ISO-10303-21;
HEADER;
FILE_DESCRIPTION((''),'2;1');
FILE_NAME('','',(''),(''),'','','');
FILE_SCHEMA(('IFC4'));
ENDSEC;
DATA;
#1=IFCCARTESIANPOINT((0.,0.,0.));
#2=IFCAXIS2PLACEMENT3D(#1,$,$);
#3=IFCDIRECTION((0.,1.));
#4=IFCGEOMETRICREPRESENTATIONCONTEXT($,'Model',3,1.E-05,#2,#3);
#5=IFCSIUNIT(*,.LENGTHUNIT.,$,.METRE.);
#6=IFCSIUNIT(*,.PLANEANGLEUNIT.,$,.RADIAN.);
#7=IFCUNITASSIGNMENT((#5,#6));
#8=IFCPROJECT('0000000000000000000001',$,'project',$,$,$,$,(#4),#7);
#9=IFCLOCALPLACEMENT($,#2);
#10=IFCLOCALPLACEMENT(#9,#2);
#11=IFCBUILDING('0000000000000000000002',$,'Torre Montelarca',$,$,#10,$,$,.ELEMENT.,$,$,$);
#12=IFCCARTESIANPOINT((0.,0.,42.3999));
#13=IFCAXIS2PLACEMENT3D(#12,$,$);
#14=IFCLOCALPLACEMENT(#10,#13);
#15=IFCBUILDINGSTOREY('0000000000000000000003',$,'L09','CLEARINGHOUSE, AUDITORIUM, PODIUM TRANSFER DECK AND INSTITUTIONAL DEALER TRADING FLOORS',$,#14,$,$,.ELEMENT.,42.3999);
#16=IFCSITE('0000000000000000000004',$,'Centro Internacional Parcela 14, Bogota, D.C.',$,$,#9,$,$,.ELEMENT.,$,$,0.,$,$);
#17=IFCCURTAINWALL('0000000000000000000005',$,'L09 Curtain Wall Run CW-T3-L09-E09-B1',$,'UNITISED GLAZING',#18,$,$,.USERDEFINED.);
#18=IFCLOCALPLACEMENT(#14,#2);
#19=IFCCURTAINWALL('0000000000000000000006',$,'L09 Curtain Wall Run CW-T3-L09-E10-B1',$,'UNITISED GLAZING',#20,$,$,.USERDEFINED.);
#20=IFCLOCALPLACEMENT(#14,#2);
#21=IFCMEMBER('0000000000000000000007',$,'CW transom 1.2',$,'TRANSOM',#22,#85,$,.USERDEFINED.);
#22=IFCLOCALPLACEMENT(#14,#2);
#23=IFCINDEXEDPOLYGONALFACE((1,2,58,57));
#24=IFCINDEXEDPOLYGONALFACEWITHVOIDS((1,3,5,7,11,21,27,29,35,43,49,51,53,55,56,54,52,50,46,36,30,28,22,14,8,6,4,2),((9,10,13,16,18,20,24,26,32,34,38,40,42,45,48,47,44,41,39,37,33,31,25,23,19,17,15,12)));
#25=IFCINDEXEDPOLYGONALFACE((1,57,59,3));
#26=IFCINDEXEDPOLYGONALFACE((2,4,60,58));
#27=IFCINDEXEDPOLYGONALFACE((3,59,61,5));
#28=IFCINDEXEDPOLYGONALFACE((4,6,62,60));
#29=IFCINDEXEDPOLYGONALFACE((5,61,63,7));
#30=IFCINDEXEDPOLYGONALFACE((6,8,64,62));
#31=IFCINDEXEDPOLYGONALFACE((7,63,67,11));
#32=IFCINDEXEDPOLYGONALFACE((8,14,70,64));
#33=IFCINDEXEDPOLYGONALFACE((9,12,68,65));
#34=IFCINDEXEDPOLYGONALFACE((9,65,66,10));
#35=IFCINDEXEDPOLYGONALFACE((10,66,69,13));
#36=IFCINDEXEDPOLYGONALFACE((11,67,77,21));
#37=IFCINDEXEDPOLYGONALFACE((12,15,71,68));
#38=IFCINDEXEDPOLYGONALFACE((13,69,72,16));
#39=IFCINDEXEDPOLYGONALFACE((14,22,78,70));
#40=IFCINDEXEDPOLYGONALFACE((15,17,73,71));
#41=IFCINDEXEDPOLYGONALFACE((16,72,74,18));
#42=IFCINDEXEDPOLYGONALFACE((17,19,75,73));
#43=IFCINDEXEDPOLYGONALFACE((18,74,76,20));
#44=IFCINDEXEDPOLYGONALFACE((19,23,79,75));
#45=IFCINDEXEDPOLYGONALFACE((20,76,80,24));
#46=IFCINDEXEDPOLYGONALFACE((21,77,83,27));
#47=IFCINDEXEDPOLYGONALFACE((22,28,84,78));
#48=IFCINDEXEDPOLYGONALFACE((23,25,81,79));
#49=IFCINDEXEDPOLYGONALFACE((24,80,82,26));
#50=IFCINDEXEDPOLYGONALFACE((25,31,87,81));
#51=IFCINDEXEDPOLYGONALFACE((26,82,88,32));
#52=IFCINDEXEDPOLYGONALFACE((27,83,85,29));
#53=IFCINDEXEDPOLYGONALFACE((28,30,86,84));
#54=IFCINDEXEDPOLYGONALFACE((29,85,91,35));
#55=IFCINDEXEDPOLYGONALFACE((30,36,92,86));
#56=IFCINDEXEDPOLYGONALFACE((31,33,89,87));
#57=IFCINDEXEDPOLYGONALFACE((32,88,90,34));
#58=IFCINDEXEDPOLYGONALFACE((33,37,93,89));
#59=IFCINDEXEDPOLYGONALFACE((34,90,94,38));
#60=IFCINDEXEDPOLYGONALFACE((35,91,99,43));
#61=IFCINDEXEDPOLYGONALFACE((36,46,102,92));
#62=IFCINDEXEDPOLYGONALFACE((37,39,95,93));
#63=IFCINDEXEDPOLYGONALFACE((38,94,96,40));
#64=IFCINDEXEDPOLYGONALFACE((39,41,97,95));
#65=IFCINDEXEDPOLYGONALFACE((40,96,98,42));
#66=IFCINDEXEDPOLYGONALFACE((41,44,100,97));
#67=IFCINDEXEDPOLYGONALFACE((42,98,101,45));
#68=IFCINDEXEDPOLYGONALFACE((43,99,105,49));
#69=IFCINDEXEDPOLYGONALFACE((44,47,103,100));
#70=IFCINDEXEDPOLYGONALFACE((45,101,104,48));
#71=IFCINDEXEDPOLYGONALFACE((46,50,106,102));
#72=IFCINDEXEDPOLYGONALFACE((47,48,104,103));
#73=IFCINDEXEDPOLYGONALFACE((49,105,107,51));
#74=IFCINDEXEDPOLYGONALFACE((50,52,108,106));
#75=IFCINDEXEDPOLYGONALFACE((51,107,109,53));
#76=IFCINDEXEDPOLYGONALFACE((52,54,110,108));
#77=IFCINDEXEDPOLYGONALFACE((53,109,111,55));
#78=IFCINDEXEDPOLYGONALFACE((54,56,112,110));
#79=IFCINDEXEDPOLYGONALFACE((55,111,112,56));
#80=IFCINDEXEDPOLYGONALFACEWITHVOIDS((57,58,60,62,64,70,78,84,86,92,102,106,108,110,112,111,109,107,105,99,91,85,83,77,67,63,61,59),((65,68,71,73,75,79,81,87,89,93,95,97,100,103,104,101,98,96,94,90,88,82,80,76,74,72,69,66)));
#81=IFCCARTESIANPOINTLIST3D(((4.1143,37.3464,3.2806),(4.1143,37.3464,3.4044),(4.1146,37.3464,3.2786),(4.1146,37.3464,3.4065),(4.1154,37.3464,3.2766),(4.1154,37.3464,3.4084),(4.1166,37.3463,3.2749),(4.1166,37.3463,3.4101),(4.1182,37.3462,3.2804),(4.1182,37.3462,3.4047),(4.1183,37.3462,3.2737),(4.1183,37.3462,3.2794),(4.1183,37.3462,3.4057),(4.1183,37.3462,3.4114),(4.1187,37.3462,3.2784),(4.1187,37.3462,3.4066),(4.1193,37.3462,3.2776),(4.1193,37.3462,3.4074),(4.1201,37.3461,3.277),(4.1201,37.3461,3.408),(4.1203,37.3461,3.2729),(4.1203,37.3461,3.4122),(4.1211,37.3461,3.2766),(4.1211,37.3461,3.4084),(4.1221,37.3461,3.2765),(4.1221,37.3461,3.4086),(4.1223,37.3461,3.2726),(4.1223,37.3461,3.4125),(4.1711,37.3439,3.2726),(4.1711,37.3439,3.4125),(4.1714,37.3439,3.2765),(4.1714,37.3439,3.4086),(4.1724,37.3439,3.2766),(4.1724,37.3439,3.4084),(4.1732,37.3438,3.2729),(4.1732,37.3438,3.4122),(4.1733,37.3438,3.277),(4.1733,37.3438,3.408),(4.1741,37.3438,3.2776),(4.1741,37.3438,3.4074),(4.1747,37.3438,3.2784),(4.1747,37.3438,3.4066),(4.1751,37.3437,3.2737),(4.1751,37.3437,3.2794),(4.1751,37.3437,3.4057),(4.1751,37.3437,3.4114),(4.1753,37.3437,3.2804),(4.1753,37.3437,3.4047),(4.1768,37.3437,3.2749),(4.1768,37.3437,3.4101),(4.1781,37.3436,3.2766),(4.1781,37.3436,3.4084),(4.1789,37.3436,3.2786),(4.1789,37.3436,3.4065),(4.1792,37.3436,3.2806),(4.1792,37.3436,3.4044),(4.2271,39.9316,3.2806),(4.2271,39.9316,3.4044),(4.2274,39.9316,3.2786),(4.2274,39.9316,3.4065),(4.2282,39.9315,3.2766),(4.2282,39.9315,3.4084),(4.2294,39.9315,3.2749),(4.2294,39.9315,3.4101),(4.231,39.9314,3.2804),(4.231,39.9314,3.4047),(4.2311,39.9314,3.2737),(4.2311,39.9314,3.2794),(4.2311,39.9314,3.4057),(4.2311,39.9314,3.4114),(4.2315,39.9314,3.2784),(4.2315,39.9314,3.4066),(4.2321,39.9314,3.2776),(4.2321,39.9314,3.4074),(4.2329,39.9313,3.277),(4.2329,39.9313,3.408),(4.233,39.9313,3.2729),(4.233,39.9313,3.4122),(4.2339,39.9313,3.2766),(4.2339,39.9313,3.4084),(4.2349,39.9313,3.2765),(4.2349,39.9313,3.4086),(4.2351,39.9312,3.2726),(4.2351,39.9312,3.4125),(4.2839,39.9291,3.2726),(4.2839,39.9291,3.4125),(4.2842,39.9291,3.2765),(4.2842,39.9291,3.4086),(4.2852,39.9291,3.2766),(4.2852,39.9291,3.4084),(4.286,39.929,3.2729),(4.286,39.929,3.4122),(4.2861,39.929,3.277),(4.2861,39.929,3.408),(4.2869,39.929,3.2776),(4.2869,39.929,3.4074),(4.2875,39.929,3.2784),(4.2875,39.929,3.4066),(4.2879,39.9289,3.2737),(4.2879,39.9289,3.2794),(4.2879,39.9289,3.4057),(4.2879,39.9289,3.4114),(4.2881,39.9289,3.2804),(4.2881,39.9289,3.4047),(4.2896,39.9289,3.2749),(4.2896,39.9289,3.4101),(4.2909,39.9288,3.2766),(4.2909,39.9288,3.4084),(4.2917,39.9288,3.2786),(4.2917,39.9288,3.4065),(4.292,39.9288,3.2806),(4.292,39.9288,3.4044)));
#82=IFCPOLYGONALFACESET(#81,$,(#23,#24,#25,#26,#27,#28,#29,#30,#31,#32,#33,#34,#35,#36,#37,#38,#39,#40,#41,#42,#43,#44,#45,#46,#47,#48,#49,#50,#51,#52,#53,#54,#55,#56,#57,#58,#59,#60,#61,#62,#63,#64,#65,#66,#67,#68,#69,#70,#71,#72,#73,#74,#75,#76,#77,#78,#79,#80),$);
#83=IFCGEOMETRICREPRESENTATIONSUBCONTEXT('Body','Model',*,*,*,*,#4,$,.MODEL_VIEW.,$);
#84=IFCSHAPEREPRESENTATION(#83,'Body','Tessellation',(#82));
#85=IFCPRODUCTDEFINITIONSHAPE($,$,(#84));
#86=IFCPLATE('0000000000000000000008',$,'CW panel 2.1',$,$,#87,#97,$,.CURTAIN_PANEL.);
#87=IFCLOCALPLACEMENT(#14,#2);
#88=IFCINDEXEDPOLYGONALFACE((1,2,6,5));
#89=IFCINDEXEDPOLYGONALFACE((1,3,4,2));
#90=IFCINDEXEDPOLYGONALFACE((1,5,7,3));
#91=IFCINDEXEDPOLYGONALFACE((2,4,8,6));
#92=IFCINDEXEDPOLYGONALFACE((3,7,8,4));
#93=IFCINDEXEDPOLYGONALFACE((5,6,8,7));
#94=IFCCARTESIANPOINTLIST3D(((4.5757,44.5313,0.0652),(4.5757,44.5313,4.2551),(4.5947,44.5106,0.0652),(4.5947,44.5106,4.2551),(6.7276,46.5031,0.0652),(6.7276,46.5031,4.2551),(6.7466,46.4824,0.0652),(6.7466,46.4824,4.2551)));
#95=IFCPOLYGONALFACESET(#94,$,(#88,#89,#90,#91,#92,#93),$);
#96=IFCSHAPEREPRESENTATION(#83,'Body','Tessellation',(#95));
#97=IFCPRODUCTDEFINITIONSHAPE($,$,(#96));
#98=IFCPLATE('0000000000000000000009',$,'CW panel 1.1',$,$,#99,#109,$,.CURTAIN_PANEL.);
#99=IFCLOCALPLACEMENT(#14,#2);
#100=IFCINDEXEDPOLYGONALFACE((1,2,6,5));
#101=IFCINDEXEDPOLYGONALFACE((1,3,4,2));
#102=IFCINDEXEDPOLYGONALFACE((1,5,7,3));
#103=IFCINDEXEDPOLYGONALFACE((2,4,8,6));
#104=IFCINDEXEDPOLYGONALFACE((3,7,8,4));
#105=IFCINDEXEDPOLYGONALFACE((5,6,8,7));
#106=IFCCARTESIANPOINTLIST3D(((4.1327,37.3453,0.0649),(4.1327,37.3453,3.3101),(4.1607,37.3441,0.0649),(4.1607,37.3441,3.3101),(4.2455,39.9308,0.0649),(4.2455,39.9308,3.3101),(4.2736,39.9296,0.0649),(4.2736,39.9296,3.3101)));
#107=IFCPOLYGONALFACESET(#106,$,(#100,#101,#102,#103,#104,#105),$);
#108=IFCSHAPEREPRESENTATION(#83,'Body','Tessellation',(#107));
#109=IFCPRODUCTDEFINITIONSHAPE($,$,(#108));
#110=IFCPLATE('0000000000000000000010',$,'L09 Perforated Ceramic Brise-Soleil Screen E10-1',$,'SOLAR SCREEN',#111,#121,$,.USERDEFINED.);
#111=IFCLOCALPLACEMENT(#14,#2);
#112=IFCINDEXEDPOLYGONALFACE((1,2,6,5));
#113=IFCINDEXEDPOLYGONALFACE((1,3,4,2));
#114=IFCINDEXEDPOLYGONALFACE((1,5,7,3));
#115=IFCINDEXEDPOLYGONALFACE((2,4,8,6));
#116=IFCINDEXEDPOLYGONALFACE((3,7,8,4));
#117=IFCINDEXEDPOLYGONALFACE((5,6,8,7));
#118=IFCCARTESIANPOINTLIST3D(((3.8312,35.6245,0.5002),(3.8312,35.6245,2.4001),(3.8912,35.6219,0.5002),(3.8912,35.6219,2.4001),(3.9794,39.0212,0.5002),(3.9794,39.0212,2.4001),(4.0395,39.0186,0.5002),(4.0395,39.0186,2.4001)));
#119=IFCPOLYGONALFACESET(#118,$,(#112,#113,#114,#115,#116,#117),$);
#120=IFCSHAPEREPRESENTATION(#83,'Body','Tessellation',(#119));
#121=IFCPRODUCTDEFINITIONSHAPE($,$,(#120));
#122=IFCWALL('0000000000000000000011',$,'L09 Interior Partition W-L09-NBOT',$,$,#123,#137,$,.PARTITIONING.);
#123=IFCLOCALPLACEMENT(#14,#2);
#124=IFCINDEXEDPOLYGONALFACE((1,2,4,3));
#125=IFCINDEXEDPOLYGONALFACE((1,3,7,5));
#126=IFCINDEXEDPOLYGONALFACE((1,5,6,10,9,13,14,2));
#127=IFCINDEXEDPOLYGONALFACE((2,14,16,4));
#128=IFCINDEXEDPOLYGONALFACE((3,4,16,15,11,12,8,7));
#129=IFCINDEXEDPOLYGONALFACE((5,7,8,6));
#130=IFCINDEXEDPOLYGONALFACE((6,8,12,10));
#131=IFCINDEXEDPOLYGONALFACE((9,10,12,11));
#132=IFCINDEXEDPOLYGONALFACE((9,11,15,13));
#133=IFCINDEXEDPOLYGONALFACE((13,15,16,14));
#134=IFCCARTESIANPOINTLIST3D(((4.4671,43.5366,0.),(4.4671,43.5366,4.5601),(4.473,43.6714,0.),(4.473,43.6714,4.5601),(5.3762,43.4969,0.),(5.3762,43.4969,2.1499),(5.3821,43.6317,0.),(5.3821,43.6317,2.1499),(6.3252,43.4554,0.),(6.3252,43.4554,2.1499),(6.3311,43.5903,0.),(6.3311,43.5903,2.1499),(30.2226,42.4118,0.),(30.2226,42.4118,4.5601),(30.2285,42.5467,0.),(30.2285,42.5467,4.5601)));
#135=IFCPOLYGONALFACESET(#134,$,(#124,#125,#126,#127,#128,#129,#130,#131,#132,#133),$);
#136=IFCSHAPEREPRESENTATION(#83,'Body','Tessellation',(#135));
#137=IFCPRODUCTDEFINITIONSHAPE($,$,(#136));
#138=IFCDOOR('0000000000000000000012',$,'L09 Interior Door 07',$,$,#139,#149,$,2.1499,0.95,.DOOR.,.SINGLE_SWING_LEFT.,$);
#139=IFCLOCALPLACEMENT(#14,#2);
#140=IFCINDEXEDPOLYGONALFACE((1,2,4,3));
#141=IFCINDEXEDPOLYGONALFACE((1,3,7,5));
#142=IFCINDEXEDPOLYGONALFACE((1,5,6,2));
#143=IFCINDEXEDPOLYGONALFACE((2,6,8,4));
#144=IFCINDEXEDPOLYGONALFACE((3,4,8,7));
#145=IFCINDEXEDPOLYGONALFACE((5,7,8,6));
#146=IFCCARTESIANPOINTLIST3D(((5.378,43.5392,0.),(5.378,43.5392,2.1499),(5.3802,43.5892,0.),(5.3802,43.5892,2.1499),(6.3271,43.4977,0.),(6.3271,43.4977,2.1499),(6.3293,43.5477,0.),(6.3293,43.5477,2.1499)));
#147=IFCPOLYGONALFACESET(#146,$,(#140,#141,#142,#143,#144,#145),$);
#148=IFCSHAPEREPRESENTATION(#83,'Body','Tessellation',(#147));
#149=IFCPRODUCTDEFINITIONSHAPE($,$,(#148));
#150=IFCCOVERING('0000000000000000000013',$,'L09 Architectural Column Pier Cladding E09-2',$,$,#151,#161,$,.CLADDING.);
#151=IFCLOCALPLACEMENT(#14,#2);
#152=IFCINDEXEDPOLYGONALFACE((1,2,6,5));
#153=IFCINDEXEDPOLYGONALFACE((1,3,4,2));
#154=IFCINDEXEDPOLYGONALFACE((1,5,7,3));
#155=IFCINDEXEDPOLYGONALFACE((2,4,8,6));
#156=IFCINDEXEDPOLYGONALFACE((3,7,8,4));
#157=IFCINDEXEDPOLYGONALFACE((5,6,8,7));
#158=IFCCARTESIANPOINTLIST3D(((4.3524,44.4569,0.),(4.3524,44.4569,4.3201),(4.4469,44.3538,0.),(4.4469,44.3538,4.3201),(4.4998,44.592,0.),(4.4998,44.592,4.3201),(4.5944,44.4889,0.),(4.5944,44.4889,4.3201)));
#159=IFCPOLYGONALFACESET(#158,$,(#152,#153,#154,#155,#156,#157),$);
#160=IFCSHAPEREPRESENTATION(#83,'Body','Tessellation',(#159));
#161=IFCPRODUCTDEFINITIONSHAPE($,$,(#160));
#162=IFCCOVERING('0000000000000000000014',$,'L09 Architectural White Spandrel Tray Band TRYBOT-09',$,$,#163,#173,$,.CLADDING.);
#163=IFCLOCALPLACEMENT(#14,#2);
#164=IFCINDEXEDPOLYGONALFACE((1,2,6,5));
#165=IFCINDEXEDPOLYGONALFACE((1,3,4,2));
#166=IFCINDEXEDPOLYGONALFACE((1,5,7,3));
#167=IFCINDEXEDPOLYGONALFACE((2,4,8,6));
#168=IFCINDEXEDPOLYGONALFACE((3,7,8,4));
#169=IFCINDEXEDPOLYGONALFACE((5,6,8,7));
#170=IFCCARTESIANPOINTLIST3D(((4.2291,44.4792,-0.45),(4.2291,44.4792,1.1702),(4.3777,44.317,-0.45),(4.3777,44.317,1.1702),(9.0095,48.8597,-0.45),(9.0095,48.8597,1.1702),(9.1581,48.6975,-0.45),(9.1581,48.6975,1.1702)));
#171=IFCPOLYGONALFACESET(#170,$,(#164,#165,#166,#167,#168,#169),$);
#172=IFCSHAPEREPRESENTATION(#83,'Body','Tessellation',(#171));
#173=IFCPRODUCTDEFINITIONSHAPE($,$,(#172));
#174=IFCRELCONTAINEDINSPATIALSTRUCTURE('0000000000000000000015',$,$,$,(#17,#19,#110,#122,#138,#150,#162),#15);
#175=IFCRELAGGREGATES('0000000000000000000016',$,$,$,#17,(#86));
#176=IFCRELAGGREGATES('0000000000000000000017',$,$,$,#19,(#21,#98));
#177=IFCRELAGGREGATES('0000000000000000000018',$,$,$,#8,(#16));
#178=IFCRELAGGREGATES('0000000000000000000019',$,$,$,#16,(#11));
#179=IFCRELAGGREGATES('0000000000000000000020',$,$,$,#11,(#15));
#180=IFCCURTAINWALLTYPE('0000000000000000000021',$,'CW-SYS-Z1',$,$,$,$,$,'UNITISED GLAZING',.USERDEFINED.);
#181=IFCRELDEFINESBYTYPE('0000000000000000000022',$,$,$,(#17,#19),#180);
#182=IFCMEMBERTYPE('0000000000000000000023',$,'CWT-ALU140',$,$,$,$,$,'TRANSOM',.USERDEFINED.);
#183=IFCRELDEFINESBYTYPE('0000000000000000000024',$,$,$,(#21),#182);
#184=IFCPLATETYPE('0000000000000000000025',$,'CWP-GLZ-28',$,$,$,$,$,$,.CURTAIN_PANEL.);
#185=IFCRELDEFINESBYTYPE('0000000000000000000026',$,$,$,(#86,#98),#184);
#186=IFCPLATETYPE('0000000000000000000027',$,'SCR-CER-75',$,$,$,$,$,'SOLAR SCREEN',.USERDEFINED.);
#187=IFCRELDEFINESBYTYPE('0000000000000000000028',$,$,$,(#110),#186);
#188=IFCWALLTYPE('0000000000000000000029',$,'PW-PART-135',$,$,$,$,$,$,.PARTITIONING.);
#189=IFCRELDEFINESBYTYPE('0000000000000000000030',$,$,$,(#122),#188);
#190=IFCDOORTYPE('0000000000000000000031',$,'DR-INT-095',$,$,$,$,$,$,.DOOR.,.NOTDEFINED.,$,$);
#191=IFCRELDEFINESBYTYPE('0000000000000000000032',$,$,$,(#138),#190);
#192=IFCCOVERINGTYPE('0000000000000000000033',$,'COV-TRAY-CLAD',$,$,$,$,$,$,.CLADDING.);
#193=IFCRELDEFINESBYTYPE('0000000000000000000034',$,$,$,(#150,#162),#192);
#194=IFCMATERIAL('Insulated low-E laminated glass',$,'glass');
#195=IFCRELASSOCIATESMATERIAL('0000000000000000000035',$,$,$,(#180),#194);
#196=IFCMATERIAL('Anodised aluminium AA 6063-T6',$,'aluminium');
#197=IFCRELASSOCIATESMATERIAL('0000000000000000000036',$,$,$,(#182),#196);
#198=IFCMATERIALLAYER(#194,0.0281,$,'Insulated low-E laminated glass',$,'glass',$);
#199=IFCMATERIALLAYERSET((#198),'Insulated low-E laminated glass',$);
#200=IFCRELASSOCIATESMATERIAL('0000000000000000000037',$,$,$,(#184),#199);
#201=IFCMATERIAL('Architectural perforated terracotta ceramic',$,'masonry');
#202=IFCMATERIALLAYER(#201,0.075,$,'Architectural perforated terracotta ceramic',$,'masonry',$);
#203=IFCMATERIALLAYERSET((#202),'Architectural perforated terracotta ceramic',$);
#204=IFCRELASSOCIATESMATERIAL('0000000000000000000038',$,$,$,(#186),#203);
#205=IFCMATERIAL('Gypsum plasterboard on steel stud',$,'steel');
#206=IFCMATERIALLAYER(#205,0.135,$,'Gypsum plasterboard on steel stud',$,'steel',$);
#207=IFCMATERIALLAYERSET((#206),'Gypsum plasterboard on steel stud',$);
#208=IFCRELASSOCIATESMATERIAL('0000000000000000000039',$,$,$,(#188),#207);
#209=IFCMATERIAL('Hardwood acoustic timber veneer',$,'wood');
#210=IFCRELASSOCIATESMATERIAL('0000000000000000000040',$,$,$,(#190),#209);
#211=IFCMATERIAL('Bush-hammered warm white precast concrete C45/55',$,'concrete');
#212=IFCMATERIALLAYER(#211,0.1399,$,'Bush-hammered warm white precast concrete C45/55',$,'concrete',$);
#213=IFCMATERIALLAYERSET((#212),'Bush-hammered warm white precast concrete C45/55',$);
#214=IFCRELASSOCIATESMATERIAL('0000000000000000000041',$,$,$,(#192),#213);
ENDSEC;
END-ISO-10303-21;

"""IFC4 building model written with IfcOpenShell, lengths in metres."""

from ifc_helpers import new_model, si_unit, direction, frame, frame_2d, origin, origin_2d, place, context, subcontext, project, spatial, rectangle, hollow_rectangle, extrude, source, transform, mapped, material, layer, layer_set, material_profile, profile_set, type_object, element, fill, aggregate, save


model = new_model("IFC4")

# Units and contexts
model_context = context("Model", 3, precision=1e-05, world=origin(), true_north=direction((0.0, 1.0)))
body_context = subcontext(model_context, "Body", "Model", "MODEL_VIEW")
ifc_project = project(units=[si_unit("LENGTHUNIT", "METRE"), si_unit("PLANEANGLEUNIT", "RADIAN")], contexts=[model_context])

# Site, building, storey
site_placement = place(None, origin())
site = spatial("IfcSite", under=ifc_project, at=site_placement, Name="Centro Internacional Parcela 14, Bogota, D.C.", CompositionType="ELEMENT", RefElevation=0.0)
building_placement = place(site_placement, origin())
building = spatial("IfcBuilding", under=site, at=building_placement, Name="Torre Montelarca", CompositionType="ELEMENT")
storey_placement = place(building_placement, frame((0.0, 0.0, 42.3999)))
storey = spatial("IfcBuildingStorey", under=building, at=storey_placement, Name="L09", Description="CLEARINGHOUSE, AUDITORIUM, PODIUM TRANSFER DECK AND INSTITUTIONAL DEALER TRADING FLOORS", CompositionType="ELEMENT", Elevation=42.3999)

# Curtain walls, member
ifc_material_1 = material(Name="Insulated low-E laminated glass", Category="glass")
curtain_wall_type = type_object("IfcCurtainWallType", Name="CW-SYS-Z1", ElementType="UNITISED GLAZING", PredefinedType="USERDEFINED", material=ifc_material_1)
curtain_wall_1_placement = place(storey_placement, origin())
curtain_wall_1 = element("IfcCurtainWall", 1, at=curtain_wall_1_placement, inside=storey, type_object=curtain_wall_type, Name="L09 Curtain Wall Run CW-T3-L09-E09-B1", ObjectType="UNITISED GLAZING", PredefinedType="USERDEFINED")
ifc_material_2 = material(Name="Anodised aluminium AA 6063-T6", Category="aluminium")
ifc_material_profile_1 = material_profile(ifc_material_2, hollow_rectangle(XDim=0.0649, YDim=0.1399, WallThickness=0.0039, InnerFilletRadius=0.0039, OuterFilletRadius=0.0081, at=origin_2d()), Name="ALU65X140X4", Category="aluminium")
ifc_profile_set_1 = profile_set([ifc_material_profile_1], Name="Anodised aluminium AA 6063-T6")
member_type_1 = type_object("IfcMemberType", Name="CWT-ALU140", ElementType="TRANSOM", PredefinedType="USERDEFINED", material=ifc_profile_set_1)
curtain_wall_2_placement = place(storey_placement, origin())
curtain_wall_2 = element("IfcCurtainWall", 2, at=curtain_wall_2_placement, inside=storey, type_object=curtain_wall_type, Name="L09 Curtain Wall Run CW-T3-L09-E10-B1", ObjectType="UNITISED GLAZING", PredefinedType="USERDEFINED")
shared_shape_1 = source(origin(), body_context, "Body", "SweptSolid", [
    extrude(hollow_rectangle(XDim=0.0649, YDim=0.1399, WallThickness=0.0039, InnerFilletRadius=0.0039, OuterFilletRadius=0.0081, at=origin_2d()), origin(), (0.0, 0.0, 1.0), 2.5876),
])
member_1_placement = place(storey_placement, frame((4.2595, 39.9302, 3.3425), z_axis=(-0.043589, -0.99905, 0.0), x_axis=(0.99905, -0.043589, 0.0)))
member_1 = element("IfcMember", 3, at=member_1_placement, type_object=member_type_1, Name="CW transom 1.2", ObjectType="TRANSOM", PredefinedType="USERDEFINED", context=body_context, shape_type="MappedRepresentation", body=[
    mapped(shared_shape_1, transform((0.0, 0.0, 0.0), scale=1.0)),
])

# Plates
ifc_layer_1 = layer(ifc_material_1, 0.0281, Name="Insulated low-E laminated glass", Category="glass")
ifc_layer_set_1 = layer_set([ifc_layer_1], Name="Insulated low-E laminated glass")
plate_type_1 = type_object("IfcPlateType", Name="CWP-GLZ-28", PredefinedType="CURTAIN_PANEL", material=ifc_layer_set_1)
shared_shape_2 = source(origin(), body_context, "Body", "SweptSolid", [
    extrude(rectangle(XDim=2.9187, YDim=0.0281, at=origin_2d()), origin(), (0.0, 0.0, 1.0), 4.1899),
])
plate_1_placement = place(storey_placement, frame((5.6611, 45.5068, 0.0652), z_axis=(0.0, 0.0, 1.0), x_axis=(-0.737283, -0.675583, 0.0)))
plate_1 = element("IfcPlate", 4, at=plate_1_placement, type_object=plate_type_1, Name="CW panel 2.1", PredefinedType="CURTAIN_PANEL", context=body_context, shape_type="MappedRepresentation", body=[
    mapped(shared_shape_2, transform((0.0, 0.0, 0.0), scale=1.0)),
])
aggregate(curtain_wall_1, [plate_1])
shared_shape_3 = source(origin(), body_context, "Body", "SweptSolid", [
    extrude(rectangle(XDim=2.5879, YDim=0.0281, at=origin_2d()), origin(), (0.0, 0.0, 1.0), 3.2451),
])
plate_2_placement = place(storey_placement, frame((4.2031, 38.6375, 0.0649), z_axis=(0.0, 0.0, 1.0), x_axis=(-0.043607, -0.999049, 0.0)))
plate_2 = element("IfcPlate", 5, at=plate_2_placement, type_object=plate_type_1, Name="CW panel 1.1", PredefinedType="CURTAIN_PANEL", context=body_context, shape_type="MappedRepresentation", body=[
    mapped(shared_shape_3, transform((0.0, 0.0, 0.0), scale=1.0)),
])
aggregate(curtain_wall_2, [member_1, plate_2])
ifc_material_3 = material(Name="Architectural perforated terracotta ceramic", Category="masonry")
ifc_layer_2 = layer(ifc_material_3, 0.075, Name="Architectural perforated terracotta ceramic", Category="masonry")
ifc_layer_set_2 = layer_set([ifc_layer_2], Name="Architectural perforated terracotta ceramic")
plate_type_2 = type_object("IfcPlateType", Name="SCR-CER-75", ElementType="SOLAR SCREEN", PredefinedType="USERDEFINED", material=ifc_layer_set_2)
shared_shape_4 = source(origin(), body_context, "Body", "SweptSolid", [
    extrude(rectangle(XDim=3.3999, YDim=0.0601, at=origin_2d()), origin(), (0.0, 0.0, 1.0), 1.8999),
])
plate_3_placement = place(storey_placement, frame((3.9353, 37.3215, 0.5002), z_axis=(0.0, 0.0, 1.0), x_axis=(-0.043618, -0.999048, 0.0)))
element("IfcPlate", 6, at=plate_3_placement, inside=storey, type_object=plate_type_2, Name="L09 Perforated Ceramic Brise-Soleil Screen E10-1", ObjectType="SOLAR SCREEN", PredefinedType="USERDEFINED", context=body_context, shape_type="MappedRepresentation", body=[
    mapped(shared_shape_4, transform((0.0, 0.0, 0.0), scale=1.0)),
])

# Wall, opening, door
ifc_material_4 = material(Name="Gypsum plasterboard on steel stud", Category="steel")
ifc_layer_3 = layer(ifc_material_4, 0.135, Name="Gypsum plasterboard on steel stud", Category="steel")
ifc_layer_set_3 = layer_set([ifc_layer_3], Name="Gypsum plasterboard on steel stud")
wall_type = type_object("IfcWallType", Name="PW-PART-135", PredefinedType="PARTITIONING", material=ifc_layer_set_3)
wall_placement = place(storey_placement, frame((4.47, 43.604, 0.0), z_axis=(0.0, 0.0, 1.0), x_axis=(0.999048, -0.043629, 0.0)))
wall = element("IfcWall", 7, at=wall_placement, inside=storey, type_object=wall_type, Name="L09 Interior Partition W-L09-NBOT", PredefinedType="PARTITIONING", context=body_context, shape_type="SweptSolid", body=[
    extrude(rectangle(XDim=25.78, YDim=0.135, at=frame_2d((12.8901, 0.0))), origin(), (0.0, 0.0, 1.0), 4.5601),
])
opening_placement = place(wall_placement, frame((0.9099, 0.0, 0.0)))
opening = element("IfcOpeningElement", 8, at=opening_placement, cuts=wall, PredefinedType="OPENING", context=body_context, shape_type="SweptSolid", body=[
    extrude(rectangle(XDim=0.95, YDim=2.1499, at=frame_2d((0.4751, 1.075))), frame((0.0, 0.0776, 0.0), z_axis=(0.0, -1.0, 0.0), x_axis=(1.0, 0.0, 0.0)), (0.0, 0.0, 1.0), 0.155),
])
ifc_material_5 = material(Name="Hardwood acoustic timber veneer", Category="wood")
door_type = type_object("IfcDoorType", Name="DR-INT-095", OperationType="NOTDEFINED", PredefinedType="DOOR", material=ifc_material_5)
shared_shape_5 = source(origin(), body_context, "Body", "SweptSolid", [
    extrude(rectangle(XDim=0.95, YDim=2.1499, at=frame_2d((0.4751, 1.075))), frame((0.0, 0.0249, 0.0), z_axis=(0.0, -1.0, 0.0), x_axis=(1.0, 0.0, 0.0)), (0.0, 0.0, 1.0), 0.05),
])
door_placement = place(opening_placement, origin())
door = element("IfcDoor", 9, at=door_placement, inside=storey, type_object=door_type, Name="L09 Interior Door 07", OperationType="SINGLE_SWING_LEFT", OverallHeight=2.1499, OverallWidth=0.95, PredefinedType="DOOR", context=body_context, shape_type="MappedRepresentation", body=[
    mapped(shared_shape_5, transform((0.0, 0.0, 0.0), scale=1.0)),
])
fill(opening, door)

# Coverings
ifc_material_6 = material(Name="Bush-hammered warm white precast concrete C45/55", Category="concrete")
ifc_layer_4 = layer(ifc_material_6, 0.1399, Name="Bush-hammered warm white precast concrete C45/55", Category="concrete")
ifc_layer_set_4 = layer_set([ifc_layer_4], Name="Bush-hammered warm white precast concrete C45/55")
covering_type = type_object("IfcCoveringType", Name="COV-TRAY-CLAD", PredefinedType="CLADDING", material=ifc_layer_set_4)
shared_shape_6 = source(origin(), body_context, "Body", "SweptSolid", [
    extrude(rectangle(XDim=0.2, YDim=0.1399, at=origin_2d()), origin(), (0.0, 0.0, 1.0), 4.3201),
])
covering_1_placement = place(storey_placement, frame((4.4734, 44.4729, 0.0), z_axis=(0.0, 0.0, 1.0), x_axis=(-0.737273, -0.675595, 0.0)))
element("IfcCovering", 10, at=covering_1_placement, inside=storey, type_object=covering_type, Name="L09 Architectural Column Pier Cladding E09-2", PredefinedType="CLADDING", context=body_context, shape_type="MappedRepresentation", body=[
    mapped(shared_shape_6, transform((0.0, 0.0, 0.0), scale=1.0)),
])
shared_shape_7 = source(origin(), body_context, "Body", "SweptSolid", [
    extrude(rectangle(XDim=6.4839, YDim=0.22, at=origin_2d()), origin(), (0.0, 0.0, 1.0), 1.6201),
])
covering_2_placement = place(storey_placement, frame((6.6936, 46.5884, -0.45), z_axis=(0.0, 0.0, 1.0), x_axis=(-0.737271, -0.675597, 0.0)))
element("IfcCovering", 11, at=covering_2_placement, inside=storey, type_object=covering_type, Name="L09 Architectural White Spandrel Tray Band TRYBOT-09", PredefinedType="CLADDING", context=body_context, shape_type="MappedRepresentation", body=[
    mapped(shared_shape_7, transform((0.0, 0.0, 0.0), scale=1.0)),
])

save(model, "model.ifc")
